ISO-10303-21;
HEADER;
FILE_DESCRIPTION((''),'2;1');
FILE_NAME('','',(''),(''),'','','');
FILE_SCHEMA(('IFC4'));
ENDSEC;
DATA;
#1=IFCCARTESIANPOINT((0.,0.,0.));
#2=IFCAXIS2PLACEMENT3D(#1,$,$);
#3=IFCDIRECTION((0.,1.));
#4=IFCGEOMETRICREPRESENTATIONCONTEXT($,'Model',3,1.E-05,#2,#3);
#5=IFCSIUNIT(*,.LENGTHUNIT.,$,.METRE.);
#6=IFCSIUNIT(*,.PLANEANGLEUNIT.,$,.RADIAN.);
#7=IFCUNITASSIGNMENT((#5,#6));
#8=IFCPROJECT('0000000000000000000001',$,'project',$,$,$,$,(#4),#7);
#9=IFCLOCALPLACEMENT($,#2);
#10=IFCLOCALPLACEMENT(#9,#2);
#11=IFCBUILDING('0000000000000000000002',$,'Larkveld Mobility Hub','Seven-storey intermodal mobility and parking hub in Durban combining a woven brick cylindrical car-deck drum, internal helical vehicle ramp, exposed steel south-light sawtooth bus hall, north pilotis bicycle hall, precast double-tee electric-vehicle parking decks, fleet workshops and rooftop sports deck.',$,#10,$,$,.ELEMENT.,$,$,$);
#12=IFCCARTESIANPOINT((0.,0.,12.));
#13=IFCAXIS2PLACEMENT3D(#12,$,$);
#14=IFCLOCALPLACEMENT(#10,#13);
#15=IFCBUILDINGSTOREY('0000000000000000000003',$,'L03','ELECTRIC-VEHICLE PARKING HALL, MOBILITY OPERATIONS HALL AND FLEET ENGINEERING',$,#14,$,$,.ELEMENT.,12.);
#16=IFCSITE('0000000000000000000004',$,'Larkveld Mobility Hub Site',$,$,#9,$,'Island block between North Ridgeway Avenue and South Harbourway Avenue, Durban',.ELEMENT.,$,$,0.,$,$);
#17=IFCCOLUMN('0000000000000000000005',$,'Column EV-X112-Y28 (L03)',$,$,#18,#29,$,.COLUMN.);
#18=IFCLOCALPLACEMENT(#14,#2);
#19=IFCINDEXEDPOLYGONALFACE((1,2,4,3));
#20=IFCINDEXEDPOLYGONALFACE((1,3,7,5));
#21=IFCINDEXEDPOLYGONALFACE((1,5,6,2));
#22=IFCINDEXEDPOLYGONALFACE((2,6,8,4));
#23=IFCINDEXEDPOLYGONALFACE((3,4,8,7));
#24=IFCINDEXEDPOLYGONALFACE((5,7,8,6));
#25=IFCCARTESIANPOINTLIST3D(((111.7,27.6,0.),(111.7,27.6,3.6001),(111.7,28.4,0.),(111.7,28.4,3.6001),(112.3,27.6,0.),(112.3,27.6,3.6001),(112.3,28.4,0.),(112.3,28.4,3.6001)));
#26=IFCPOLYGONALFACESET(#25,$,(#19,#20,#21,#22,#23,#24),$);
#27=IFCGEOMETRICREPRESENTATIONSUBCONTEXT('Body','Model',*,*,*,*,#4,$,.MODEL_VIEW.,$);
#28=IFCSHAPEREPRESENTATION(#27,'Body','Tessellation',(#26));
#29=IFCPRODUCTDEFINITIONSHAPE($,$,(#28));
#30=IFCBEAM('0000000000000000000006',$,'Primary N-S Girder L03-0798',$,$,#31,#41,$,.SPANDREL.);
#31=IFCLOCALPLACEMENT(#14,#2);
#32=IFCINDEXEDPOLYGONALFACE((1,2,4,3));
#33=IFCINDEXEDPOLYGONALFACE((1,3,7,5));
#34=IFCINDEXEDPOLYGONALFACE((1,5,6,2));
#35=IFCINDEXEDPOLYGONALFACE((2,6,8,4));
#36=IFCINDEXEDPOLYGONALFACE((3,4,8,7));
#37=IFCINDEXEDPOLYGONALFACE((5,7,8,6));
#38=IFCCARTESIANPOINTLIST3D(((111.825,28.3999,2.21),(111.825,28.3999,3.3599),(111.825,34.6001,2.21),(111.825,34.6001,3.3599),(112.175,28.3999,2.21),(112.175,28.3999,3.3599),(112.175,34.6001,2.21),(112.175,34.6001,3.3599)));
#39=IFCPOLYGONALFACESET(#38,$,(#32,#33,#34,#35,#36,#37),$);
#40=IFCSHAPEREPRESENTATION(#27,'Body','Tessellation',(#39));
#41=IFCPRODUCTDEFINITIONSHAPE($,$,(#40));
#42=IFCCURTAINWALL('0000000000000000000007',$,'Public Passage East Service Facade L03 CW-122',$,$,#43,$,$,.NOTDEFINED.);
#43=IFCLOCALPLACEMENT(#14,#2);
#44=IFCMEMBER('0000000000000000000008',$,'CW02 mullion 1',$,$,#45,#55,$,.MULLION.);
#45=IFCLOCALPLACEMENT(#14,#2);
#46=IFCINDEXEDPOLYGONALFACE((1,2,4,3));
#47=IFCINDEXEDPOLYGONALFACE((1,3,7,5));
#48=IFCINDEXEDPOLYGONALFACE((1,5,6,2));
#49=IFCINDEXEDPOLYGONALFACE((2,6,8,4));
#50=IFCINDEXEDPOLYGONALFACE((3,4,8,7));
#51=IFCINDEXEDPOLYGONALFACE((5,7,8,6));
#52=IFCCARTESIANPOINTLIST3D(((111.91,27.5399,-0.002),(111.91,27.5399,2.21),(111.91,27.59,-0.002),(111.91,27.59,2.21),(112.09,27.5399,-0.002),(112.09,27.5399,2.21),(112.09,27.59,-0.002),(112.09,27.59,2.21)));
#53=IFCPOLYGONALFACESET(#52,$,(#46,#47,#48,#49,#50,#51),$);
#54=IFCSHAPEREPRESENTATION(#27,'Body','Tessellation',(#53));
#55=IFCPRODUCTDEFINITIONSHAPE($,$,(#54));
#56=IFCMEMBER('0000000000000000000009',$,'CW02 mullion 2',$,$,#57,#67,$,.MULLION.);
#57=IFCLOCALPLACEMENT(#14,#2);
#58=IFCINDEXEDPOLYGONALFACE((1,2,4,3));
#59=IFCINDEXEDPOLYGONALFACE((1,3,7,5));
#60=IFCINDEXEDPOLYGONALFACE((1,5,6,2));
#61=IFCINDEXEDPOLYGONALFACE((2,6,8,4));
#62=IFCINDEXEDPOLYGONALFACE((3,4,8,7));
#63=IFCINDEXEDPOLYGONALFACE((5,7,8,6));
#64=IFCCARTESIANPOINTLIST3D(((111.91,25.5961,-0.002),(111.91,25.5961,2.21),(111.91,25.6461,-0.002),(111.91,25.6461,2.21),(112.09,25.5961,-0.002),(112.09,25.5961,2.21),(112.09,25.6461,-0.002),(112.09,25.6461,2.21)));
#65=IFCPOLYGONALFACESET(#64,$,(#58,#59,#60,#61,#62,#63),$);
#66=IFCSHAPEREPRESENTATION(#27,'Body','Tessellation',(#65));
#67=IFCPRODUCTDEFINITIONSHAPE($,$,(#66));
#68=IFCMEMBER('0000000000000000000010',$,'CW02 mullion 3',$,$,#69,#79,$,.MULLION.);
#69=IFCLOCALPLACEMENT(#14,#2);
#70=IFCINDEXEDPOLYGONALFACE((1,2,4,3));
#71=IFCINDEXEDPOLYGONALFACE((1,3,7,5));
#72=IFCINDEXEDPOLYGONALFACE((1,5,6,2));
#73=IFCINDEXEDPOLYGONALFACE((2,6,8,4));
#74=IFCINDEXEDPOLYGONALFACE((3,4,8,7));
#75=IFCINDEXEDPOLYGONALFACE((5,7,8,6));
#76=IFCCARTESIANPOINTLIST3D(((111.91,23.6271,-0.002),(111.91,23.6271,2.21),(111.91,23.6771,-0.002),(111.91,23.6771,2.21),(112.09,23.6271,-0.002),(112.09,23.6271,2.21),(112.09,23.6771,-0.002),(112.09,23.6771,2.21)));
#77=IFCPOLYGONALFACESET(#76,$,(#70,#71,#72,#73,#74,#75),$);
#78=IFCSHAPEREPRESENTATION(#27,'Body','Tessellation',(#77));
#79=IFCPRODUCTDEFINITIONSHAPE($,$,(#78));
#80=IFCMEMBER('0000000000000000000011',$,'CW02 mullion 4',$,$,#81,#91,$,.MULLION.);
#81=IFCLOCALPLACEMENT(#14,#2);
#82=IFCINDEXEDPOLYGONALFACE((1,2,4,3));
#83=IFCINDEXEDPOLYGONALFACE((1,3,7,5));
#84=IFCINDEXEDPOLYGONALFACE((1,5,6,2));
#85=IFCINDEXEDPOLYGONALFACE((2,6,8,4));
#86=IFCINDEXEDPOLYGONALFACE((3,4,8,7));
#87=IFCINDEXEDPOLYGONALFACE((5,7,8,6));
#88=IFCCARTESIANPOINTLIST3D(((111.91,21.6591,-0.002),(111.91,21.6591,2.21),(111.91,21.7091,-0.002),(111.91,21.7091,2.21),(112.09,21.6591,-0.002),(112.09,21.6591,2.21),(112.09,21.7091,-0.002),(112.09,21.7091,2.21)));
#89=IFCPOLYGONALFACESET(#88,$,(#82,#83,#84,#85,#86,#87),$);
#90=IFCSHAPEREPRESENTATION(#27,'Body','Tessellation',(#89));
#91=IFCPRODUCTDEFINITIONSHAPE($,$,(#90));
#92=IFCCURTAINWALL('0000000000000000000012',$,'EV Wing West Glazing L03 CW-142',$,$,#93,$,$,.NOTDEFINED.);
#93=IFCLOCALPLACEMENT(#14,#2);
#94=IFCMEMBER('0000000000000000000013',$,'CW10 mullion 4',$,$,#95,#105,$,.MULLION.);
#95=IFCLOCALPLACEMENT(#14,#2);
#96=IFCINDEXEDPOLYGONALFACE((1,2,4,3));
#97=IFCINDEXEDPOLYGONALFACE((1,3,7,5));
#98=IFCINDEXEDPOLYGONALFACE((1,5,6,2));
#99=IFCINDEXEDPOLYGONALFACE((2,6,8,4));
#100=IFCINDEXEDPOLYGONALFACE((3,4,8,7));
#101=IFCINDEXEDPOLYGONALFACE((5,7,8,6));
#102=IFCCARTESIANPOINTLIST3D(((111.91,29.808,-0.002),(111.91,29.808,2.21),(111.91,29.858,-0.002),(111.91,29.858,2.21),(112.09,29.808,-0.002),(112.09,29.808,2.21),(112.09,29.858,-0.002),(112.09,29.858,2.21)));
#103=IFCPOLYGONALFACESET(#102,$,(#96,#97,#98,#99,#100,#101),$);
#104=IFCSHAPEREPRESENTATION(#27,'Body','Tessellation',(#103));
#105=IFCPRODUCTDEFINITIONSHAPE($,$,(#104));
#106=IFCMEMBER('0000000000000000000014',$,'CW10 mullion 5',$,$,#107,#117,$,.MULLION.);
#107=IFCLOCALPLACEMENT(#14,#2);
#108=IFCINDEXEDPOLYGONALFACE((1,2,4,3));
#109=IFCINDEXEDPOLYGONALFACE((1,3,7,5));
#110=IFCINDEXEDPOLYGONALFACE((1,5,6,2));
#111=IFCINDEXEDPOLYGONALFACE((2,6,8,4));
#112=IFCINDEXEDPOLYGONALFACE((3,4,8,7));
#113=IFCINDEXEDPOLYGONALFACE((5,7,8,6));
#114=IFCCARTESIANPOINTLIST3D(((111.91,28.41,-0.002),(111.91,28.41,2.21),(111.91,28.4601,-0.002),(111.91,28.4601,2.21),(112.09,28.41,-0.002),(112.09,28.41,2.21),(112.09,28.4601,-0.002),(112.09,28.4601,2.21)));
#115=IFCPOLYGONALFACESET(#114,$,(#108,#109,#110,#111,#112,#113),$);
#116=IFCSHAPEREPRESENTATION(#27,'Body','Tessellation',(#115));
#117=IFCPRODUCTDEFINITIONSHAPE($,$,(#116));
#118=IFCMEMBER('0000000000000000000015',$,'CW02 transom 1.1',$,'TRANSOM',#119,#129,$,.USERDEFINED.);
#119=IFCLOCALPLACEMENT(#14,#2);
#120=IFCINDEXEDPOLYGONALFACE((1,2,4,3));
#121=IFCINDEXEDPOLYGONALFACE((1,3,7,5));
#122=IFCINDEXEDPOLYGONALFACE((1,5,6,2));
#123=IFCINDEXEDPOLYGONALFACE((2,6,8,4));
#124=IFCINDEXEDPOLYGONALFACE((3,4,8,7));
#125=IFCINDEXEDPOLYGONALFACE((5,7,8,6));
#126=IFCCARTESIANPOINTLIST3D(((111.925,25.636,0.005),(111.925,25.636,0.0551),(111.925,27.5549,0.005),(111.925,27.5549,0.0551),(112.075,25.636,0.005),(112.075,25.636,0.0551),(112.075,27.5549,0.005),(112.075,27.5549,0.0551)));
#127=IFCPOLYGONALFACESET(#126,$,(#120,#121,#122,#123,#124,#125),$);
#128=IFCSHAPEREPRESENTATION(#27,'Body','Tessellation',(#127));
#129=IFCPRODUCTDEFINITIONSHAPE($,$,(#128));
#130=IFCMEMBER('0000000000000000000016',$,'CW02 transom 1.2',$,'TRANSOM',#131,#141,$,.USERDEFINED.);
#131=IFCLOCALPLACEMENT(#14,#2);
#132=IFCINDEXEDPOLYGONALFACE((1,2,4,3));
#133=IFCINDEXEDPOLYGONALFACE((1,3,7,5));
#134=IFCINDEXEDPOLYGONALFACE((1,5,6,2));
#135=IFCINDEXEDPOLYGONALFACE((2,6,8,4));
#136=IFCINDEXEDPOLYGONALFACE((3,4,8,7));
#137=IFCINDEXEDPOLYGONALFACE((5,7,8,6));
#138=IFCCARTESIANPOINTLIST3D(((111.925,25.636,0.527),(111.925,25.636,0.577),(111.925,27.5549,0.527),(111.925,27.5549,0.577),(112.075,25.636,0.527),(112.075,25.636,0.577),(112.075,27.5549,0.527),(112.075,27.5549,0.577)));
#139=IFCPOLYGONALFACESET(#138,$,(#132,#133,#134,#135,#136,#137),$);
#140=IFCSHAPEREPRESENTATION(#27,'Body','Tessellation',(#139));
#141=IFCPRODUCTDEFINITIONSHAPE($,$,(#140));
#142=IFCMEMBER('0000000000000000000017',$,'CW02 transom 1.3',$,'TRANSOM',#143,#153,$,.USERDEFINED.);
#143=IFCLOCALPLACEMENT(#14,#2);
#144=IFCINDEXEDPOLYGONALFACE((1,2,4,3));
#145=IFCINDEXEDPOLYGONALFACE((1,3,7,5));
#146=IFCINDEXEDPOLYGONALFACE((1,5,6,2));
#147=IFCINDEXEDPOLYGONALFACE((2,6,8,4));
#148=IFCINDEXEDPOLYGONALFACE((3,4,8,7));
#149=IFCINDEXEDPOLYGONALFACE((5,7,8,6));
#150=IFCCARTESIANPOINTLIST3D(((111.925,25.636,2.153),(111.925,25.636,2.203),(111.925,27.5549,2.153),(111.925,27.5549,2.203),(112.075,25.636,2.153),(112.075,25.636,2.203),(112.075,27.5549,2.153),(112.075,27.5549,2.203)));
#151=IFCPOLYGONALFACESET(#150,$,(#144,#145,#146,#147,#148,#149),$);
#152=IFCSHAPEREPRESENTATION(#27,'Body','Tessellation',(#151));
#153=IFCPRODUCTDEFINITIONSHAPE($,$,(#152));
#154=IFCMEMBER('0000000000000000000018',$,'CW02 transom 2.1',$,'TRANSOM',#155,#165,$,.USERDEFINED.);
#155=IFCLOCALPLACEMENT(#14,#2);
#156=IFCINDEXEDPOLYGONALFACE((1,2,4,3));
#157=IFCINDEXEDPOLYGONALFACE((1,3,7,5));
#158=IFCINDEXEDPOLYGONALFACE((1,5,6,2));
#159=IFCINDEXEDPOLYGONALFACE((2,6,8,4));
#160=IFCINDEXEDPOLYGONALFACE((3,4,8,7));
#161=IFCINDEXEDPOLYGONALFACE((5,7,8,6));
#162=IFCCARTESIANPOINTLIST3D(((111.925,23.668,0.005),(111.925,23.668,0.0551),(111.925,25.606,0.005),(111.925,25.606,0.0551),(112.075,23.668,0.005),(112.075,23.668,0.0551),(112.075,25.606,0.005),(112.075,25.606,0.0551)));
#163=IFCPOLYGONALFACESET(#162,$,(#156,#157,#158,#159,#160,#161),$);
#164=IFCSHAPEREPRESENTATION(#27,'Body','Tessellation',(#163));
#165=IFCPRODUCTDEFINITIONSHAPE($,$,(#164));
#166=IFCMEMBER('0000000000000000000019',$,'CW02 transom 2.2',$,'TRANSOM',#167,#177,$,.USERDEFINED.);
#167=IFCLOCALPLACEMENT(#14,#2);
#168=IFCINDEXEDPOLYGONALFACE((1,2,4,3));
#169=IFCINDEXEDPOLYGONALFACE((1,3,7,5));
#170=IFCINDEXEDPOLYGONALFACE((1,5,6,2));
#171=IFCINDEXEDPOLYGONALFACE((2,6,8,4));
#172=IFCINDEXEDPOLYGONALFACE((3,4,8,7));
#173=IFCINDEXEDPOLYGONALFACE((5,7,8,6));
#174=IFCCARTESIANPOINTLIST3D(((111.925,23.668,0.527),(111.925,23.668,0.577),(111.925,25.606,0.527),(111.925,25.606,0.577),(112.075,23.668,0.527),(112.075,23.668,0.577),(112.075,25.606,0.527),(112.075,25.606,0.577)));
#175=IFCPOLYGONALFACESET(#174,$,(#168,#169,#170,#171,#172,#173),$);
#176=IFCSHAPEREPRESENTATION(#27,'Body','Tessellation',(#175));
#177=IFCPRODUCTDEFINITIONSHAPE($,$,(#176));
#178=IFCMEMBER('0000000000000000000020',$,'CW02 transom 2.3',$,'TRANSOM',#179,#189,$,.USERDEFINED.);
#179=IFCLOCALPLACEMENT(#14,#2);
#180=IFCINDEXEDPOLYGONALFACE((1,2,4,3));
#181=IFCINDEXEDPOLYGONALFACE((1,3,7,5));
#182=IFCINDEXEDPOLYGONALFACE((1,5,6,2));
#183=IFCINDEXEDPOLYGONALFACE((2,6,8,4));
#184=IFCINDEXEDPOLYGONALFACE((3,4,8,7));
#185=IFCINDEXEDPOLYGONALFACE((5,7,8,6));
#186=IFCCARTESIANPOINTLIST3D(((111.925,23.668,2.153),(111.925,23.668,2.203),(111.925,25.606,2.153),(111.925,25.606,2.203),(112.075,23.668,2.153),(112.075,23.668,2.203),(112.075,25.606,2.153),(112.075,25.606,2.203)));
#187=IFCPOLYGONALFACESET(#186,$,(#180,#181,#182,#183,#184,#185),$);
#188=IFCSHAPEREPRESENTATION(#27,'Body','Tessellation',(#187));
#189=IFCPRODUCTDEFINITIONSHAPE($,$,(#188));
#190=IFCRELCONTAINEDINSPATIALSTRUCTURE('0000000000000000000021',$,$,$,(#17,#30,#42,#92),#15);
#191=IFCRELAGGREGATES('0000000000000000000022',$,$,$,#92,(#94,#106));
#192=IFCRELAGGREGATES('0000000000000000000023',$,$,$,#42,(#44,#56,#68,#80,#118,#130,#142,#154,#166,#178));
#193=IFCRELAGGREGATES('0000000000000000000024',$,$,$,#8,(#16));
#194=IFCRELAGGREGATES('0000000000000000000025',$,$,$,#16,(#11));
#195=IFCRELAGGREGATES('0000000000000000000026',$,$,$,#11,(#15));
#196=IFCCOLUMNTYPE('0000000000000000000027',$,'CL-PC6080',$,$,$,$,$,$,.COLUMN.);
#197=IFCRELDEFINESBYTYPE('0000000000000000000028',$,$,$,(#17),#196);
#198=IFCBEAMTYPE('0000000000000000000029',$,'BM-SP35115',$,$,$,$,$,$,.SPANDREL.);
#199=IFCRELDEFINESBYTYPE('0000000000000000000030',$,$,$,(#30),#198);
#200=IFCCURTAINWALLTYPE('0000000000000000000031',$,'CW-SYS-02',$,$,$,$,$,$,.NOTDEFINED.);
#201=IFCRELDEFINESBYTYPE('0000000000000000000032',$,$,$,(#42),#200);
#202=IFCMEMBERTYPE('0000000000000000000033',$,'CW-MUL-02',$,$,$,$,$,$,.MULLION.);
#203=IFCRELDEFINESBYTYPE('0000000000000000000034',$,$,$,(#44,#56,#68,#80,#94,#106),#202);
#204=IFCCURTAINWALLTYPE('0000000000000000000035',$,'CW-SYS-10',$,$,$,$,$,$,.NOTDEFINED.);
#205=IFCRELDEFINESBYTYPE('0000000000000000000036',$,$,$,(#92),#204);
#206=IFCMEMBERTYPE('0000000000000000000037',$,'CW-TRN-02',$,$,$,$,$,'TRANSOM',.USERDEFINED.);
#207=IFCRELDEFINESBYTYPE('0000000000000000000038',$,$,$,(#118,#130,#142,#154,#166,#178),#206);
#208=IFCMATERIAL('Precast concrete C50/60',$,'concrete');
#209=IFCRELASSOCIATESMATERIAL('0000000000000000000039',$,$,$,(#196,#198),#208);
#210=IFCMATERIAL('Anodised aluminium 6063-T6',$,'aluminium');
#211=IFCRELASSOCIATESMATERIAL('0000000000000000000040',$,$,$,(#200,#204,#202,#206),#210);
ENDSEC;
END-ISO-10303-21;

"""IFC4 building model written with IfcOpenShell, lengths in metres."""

from ifc_helpers import new_model, si_unit, direction, frame, origin, origin_2d, place, context, subcontext, project, spatial, rectangle, extrude, material, material_profile, profile_set, type_object, element, aggregate, save


model = new_model("IFC4")

# Units and contexts
model_context = context("Model", 3, precision=1e-05, world=origin(), true_north=direction((0.0, 1.0)))
body_context = subcontext(model_context, "Body", "Model", "MODEL_VIEW")
ifc_project = project(units=[si_unit("LENGTHUNIT", "METRE"), si_unit("PLANEANGLEUNIT", "RADIAN")], contexts=[model_context])

# Site, building, storey
site_placement = place(None, origin())
site = spatial("IfcSite", under=ifc_project, at=site_placement, Name="Larkveld Mobility Hub Site", LongName="Island block between North Ridgeway Avenue and South Harbourway Avenue, Durban", CompositionType="ELEMENT", RefElevation=0.0)
building_placement = place(site_placement, origin())
building = spatial("IfcBuilding", under=site, at=building_placement, Name="Larkveld Mobility Hub", Description="Seven-storey intermodal mobility and parking hub in Durban combining a woven brick cylindrical car-deck drum, internal helical vehicle ramp, exposed steel south-light sawtooth bus hall, north pilotis bicycle hall, precast double-tee electric-vehicle parking decks, fleet workshops and rooftop sports deck.", CompositionType="ELEMENT")
storey_placement = place(building_placement, frame((0.0, 0.0, 12.0)))
storey = spatial("IfcBuildingStorey", under=building, at=storey_placement, Name="L03", Description="ELECTRIC-VEHICLE PARKING HALL, MOBILITY OPERATIONS HALL AND FLEET ENGINEERING", CompositionType="ELEMENT", Elevation=12.0)

# Column
ifc_material_1 = material(Name="Precast concrete C50/60", Category="concrete")
ifc_material_profile_1 = material_profile(ifc_material_1, rectangle(XDim=0.6001, YDim=0.8, at=origin_2d()), Name="RC COL 600x800")
ifc_profile_set_1 = profile_set([ifc_material_profile_1], Name="Precast concrete C50/60")
column_type = type_object("IfcColumnType", Name="CL-PC6080", PredefinedType="COLUMN", material=ifc_profile_set_1)
column_placement = place(storey_placement, frame((112.0, 28.0, 0.0), z_axis=(0.0, 0.0, 1.0), x_axis=(1.0, 0.0, 0.0)))
element("IfcColumn", 1, at=column_placement, inside=storey, type_object=column_type, Name="Column EV-X112-Y28 (L03)", PredefinedType="COLUMN", context=body_context, shape_type="SweptSolid", body=[
    extrude(rectangle(XDim=0.6001, YDim=0.8, at=origin_2d()), origin(), (0.0, 0.0, 1.0), 3.6001),
])

# Beam
ifc_material_profile_2 = material_profile(ifc_material_1, rectangle(XDim=0.3501, YDim=1.1499, at=origin_2d()), Name="PC SP 350x1150")
ifc_profile_set_2 = profile_set([ifc_material_profile_2], Name="Precast concrete C50/60")
beam_type = type_object("IfcBeamType", Name="BM-SP35115", PredefinedType="SPANDREL", material=ifc_profile_set_2)
beam_placement = place(storey_placement, frame((112.0, 28.3999, 2.7849), z_axis=(0.0, 1.0, 0.0), x_axis=(-1.0, 0.0, 0.0)))
element("IfcBeam", 2, at=beam_placement, inside=storey, type_object=beam_type, Name="Primary N-S Girder L03-0798", PredefinedType="SPANDREL", context=body_context, shape_type="SweptSolid", body=[
    extrude(rectangle(XDim=0.3501, YDim=1.1499, at=origin_2d()), origin(), (0.0, 0.0, 1.0), 6.2002),
])

# Curtain walls, members
ifc_material_2 = material(Name="Anodised aluminium 6063-T6", Category="aluminium")
curtain_wall_type_1 = type_object("IfcCurtainWallType", Name="CW-SYS-02", PredefinedType="NOTDEFINED", material=ifc_material_2)
curtain_wall_1_placement = place(storey_placement, origin())
curtain_wall_1 = element("IfcCurtainWall", 3, at=curtain_wall_1_placement, inside=storey, type_object=curtain_wall_type_1, Name="Public Passage East Service Facade L03 CW-122", PredefinedType="NOTDEFINED")
ifc_material_profile_3 = material_profile(ifc_material_2, rectangle(XDim=0.05, YDim=0.1799, at=origin_2d()), Name="ALU MULL 50x180")
ifc_profile_set_3 = profile_set([ifc_material_profile_3], Name="Anodised aluminium 6063-T6")
member_type_1 = type_object("IfcMemberType", Name="CW-MUL-02", PredefinedType="MULLION", material=ifc_profile_set_3)
member_1_placement = place(storey_placement, frame((112.0, 27.5649, -0.002), z_axis=(0.0, 0.0, 1.0), x_axis=(0.0, -1.0, 0.0)))
member_1 = element("IfcMember", 4, at=member_1_placement, type_object=member_type_1, Name="CW02 mullion 1", PredefinedType="MULLION", context=body_context, shape_type="SweptSolid", body=[
    extrude(rectangle(XDim=0.05, YDim=0.1799, at=origin_2d()), origin(), (0.0, 0.0, 1.0), 2.2119),
])
member_2_placement = place(storey_placement, frame((112.0, 25.6211, -0.002), z_axis=(0.0, 0.0, 1.0), x_axis=(0.0, -1.0, 0.0)))
member_2 = element("IfcMember", 5, at=member_2_placement, type_object=member_type_1, Name="CW02 mullion 2", PredefinedType="MULLION", context=body_context, shape_type="SweptSolid", body=[
    extrude(rectangle(XDim=0.05, YDim=0.1799, at=origin_2d()), origin(), (0.0, 0.0, 1.0), 2.2119),
])
member_3_placement = place(storey_placement, frame((112.0, 23.6521, -0.002), z_axis=(0.0, 0.0, 1.0), x_axis=(0.0, -1.0, 0.0)))
member_3 = element("IfcMember", 6, at=member_3_placement, type_object=member_type_1, Name="CW02 mullion 3", PredefinedType="MULLION", context=body_context, shape_type="SweptSolid", body=[
    extrude(rectangle(XDim=0.05, YDim=0.1799, at=origin_2d()), origin(), (0.0, 0.0, 1.0), 2.2119),
])
member_4_placement = place(storey_placement, frame((112.0, 21.6841, -0.002), z_axis=(0.0, 0.0, 1.0), x_axis=(0.0, -1.0, 0.0)))
member_4 = element("IfcMember", 7, at=member_4_placement, type_object=member_type_1, Name="CW02 mullion 4", PredefinedType="MULLION", context=body_context, shape_type="SweptSolid", body=[
    extrude(rectangle(XDim=0.05, YDim=0.1799, at=origin_2d()), origin(), (0.0, 0.0, 1.0), 2.2119),
])
curtain_wall_type_2 = type_object("IfcCurtainWallType", Name="CW-SYS-10", PredefinedType="NOTDEFINED", material=ifc_material_2)
curtain_wall_2_placement = place(storey_placement, origin())
curtain_wall_2 = element("IfcCurtainWall", 8, at=curtain_wall_2_placement, inside=storey, type_object=curtain_wall_type_2, Name="EV Wing West Glazing L03 CW-142", PredefinedType="NOTDEFINED")
member_5_placement = place(storey_placement, frame((112.0, 29.833, -0.002), z_axis=(0.0, 0.0, 1.0), x_axis=(0.0, -1.0, 0.0)))
member_5 = element("IfcMember", 9, at=member_5_placement, type_object=member_type_1, Name="CW10 mullion 4", PredefinedType="MULLION", context=body_context, shape_type="SweptSolid", body=[
    extrude(rectangle(XDim=0.05, YDim=0.1799, at=origin_2d()), origin(), (0.0, 0.0, 1.0), 2.2119),
])
member_6_placement = place(storey_placement, frame((112.0, 28.4351, -0.002), z_axis=(0.0, 0.0, 1.0), x_axis=(0.0, -1.0, 0.0)))
member_6 = element("IfcMember", 10, at=member_6_placement, type_object=member_type_1, Name="CW10 mullion 5", PredefinedType="MULLION", context=body_context, shape_type="SweptSolid", body=[
    extrude(rectangle(XDim=0.05, YDim=0.1799, at=origin_2d()), origin(), (0.0, 0.0, 1.0), 2.2119),
])
aggregate(curtain_wall_2, [member_5, member_6])

# Members
ifc_material_profile_4 = material_profile(ifc_material_2, rectangle(XDim=0.1499, YDim=0.05, at=origin_2d()), Name="ALU TRAN 50x150")
ifc_profile_set_4 = profile_set([ifc_material_profile_4], Name="Anodised aluminium 6063-T6")
member_type_2 = type_object("IfcMemberType", Name="CW-TRN-02", ElementType="TRANSOM", PredefinedType="USERDEFINED", material=ifc_profile_set_4)
member_7_placement = place(storey_placement, frame((112.0, 27.5549, 0.03), z_axis=(0.0, -1.0, 0.0), x_axis=(1.0, 0.0, 0.0)))
member_7 = element("IfcMember", 11, at=member_7_placement, type_object=member_type_2, Name="CW02 transom 1.1", ObjectType="TRANSOM", PredefinedType="USERDEFINED", context=body_context, shape_type="SweptSolid", body=[
    extrude(rectangle(XDim=0.1499, YDim=0.05, at=origin_2d()), origin(), (0.0, 0.0, 1.0), 1.9189),
])
member_8_placement = place(storey_placement, frame((112.0, 27.5549, 0.552), z_axis=(0.0, -1.0, 0.0), x_axis=(1.0, 0.0, 0.0)))
member_8 = element("IfcMember", 12, at=member_8_placement, type_object=member_type_2, Name="CW02 transom 1.2", ObjectType="TRANSOM", PredefinedType="USERDEFINED", context=body_context, shape_type="SweptSolid", body=[
    extrude(rectangle(XDim=0.1499, YDim=0.05, at=origin_2d()), origin(), (0.0, 0.0, 1.0), 1.9189),
])
member_9_placement = place(storey_placement, frame((112.0, 27.5549, 2.178), z_axis=(0.0, -1.0, 0.0), x_axis=(1.0, 0.0, 0.0)))
member_9 = element("IfcMember", 13, at=member_9_placement, type_object=member_type_2, Name="CW02 transom 1.3", ObjectType="TRANSOM", PredefinedType="USERDEFINED", context=body_context, shape_type="SweptSolid", body=[
    extrude(rectangle(XDim=0.1499, YDim=0.05, at=origin_2d()), origin(), (0.0, 0.0, 1.0), 1.9189),
])
member_10_placement = place(storey_placement, frame((112.0, 25.606, 0.03), z_axis=(0.0, -1.0, 0.0), x_axis=(1.0, 0.0, 0.0)))
member_10 = element("IfcMember", 14, at=member_10_placement, type_object=member_type_2, Name="CW02 transom 2.1", ObjectType="TRANSOM", PredefinedType="USERDEFINED", context=body_context, shape_type="SweptSolid", body=[
    extrude(rectangle(XDim=0.1499, YDim=0.05, at=origin_2d()), origin(), (0.0, 0.0, 1.0), 1.938),
])
member_11_placement = place(storey_placement, frame((112.0, 25.606, 0.552), z_axis=(0.0, -1.0, 0.0), x_axis=(1.0, 0.0, 0.0)))
member_11 = element("IfcMember", 15, at=member_11_placement, type_object=member_type_2, Name="CW02 transom 2.2", ObjectType="TRANSOM", PredefinedType="USERDEFINED", context=body_context, shape_type="SweptSolid", body=[
    extrude(rectangle(XDim=0.1499, YDim=0.05, at=origin_2d()), origin(), (0.0, 0.0, 1.0), 1.938),
])
member_12_placement = place(storey_placement, frame((112.0, 25.606, 2.178), z_axis=(0.0, -1.0, 0.0), x_axis=(1.0, 0.0, 0.0)))
member_12 = element("IfcMember", 16, at=member_12_placement, type_object=member_type_2, Name="CW02 transom 2.3", ObjectType="TRANSOM", PredefinedType="USERDEFINED", context=body_context, shape_type="SweptSolid", body=[
    extrude(rectangle(XDim=0.1499, YDim=0.05, at=origin_2d()), origin(), (0.0, 0.0, 1.0), 1.938),
])

aggregate(curtain_wall_1, [member_1, member_2, member_3, member_4, member_7, member_8, member_9, member_10, member_11, member_12])

save(model, "model.ifc")
